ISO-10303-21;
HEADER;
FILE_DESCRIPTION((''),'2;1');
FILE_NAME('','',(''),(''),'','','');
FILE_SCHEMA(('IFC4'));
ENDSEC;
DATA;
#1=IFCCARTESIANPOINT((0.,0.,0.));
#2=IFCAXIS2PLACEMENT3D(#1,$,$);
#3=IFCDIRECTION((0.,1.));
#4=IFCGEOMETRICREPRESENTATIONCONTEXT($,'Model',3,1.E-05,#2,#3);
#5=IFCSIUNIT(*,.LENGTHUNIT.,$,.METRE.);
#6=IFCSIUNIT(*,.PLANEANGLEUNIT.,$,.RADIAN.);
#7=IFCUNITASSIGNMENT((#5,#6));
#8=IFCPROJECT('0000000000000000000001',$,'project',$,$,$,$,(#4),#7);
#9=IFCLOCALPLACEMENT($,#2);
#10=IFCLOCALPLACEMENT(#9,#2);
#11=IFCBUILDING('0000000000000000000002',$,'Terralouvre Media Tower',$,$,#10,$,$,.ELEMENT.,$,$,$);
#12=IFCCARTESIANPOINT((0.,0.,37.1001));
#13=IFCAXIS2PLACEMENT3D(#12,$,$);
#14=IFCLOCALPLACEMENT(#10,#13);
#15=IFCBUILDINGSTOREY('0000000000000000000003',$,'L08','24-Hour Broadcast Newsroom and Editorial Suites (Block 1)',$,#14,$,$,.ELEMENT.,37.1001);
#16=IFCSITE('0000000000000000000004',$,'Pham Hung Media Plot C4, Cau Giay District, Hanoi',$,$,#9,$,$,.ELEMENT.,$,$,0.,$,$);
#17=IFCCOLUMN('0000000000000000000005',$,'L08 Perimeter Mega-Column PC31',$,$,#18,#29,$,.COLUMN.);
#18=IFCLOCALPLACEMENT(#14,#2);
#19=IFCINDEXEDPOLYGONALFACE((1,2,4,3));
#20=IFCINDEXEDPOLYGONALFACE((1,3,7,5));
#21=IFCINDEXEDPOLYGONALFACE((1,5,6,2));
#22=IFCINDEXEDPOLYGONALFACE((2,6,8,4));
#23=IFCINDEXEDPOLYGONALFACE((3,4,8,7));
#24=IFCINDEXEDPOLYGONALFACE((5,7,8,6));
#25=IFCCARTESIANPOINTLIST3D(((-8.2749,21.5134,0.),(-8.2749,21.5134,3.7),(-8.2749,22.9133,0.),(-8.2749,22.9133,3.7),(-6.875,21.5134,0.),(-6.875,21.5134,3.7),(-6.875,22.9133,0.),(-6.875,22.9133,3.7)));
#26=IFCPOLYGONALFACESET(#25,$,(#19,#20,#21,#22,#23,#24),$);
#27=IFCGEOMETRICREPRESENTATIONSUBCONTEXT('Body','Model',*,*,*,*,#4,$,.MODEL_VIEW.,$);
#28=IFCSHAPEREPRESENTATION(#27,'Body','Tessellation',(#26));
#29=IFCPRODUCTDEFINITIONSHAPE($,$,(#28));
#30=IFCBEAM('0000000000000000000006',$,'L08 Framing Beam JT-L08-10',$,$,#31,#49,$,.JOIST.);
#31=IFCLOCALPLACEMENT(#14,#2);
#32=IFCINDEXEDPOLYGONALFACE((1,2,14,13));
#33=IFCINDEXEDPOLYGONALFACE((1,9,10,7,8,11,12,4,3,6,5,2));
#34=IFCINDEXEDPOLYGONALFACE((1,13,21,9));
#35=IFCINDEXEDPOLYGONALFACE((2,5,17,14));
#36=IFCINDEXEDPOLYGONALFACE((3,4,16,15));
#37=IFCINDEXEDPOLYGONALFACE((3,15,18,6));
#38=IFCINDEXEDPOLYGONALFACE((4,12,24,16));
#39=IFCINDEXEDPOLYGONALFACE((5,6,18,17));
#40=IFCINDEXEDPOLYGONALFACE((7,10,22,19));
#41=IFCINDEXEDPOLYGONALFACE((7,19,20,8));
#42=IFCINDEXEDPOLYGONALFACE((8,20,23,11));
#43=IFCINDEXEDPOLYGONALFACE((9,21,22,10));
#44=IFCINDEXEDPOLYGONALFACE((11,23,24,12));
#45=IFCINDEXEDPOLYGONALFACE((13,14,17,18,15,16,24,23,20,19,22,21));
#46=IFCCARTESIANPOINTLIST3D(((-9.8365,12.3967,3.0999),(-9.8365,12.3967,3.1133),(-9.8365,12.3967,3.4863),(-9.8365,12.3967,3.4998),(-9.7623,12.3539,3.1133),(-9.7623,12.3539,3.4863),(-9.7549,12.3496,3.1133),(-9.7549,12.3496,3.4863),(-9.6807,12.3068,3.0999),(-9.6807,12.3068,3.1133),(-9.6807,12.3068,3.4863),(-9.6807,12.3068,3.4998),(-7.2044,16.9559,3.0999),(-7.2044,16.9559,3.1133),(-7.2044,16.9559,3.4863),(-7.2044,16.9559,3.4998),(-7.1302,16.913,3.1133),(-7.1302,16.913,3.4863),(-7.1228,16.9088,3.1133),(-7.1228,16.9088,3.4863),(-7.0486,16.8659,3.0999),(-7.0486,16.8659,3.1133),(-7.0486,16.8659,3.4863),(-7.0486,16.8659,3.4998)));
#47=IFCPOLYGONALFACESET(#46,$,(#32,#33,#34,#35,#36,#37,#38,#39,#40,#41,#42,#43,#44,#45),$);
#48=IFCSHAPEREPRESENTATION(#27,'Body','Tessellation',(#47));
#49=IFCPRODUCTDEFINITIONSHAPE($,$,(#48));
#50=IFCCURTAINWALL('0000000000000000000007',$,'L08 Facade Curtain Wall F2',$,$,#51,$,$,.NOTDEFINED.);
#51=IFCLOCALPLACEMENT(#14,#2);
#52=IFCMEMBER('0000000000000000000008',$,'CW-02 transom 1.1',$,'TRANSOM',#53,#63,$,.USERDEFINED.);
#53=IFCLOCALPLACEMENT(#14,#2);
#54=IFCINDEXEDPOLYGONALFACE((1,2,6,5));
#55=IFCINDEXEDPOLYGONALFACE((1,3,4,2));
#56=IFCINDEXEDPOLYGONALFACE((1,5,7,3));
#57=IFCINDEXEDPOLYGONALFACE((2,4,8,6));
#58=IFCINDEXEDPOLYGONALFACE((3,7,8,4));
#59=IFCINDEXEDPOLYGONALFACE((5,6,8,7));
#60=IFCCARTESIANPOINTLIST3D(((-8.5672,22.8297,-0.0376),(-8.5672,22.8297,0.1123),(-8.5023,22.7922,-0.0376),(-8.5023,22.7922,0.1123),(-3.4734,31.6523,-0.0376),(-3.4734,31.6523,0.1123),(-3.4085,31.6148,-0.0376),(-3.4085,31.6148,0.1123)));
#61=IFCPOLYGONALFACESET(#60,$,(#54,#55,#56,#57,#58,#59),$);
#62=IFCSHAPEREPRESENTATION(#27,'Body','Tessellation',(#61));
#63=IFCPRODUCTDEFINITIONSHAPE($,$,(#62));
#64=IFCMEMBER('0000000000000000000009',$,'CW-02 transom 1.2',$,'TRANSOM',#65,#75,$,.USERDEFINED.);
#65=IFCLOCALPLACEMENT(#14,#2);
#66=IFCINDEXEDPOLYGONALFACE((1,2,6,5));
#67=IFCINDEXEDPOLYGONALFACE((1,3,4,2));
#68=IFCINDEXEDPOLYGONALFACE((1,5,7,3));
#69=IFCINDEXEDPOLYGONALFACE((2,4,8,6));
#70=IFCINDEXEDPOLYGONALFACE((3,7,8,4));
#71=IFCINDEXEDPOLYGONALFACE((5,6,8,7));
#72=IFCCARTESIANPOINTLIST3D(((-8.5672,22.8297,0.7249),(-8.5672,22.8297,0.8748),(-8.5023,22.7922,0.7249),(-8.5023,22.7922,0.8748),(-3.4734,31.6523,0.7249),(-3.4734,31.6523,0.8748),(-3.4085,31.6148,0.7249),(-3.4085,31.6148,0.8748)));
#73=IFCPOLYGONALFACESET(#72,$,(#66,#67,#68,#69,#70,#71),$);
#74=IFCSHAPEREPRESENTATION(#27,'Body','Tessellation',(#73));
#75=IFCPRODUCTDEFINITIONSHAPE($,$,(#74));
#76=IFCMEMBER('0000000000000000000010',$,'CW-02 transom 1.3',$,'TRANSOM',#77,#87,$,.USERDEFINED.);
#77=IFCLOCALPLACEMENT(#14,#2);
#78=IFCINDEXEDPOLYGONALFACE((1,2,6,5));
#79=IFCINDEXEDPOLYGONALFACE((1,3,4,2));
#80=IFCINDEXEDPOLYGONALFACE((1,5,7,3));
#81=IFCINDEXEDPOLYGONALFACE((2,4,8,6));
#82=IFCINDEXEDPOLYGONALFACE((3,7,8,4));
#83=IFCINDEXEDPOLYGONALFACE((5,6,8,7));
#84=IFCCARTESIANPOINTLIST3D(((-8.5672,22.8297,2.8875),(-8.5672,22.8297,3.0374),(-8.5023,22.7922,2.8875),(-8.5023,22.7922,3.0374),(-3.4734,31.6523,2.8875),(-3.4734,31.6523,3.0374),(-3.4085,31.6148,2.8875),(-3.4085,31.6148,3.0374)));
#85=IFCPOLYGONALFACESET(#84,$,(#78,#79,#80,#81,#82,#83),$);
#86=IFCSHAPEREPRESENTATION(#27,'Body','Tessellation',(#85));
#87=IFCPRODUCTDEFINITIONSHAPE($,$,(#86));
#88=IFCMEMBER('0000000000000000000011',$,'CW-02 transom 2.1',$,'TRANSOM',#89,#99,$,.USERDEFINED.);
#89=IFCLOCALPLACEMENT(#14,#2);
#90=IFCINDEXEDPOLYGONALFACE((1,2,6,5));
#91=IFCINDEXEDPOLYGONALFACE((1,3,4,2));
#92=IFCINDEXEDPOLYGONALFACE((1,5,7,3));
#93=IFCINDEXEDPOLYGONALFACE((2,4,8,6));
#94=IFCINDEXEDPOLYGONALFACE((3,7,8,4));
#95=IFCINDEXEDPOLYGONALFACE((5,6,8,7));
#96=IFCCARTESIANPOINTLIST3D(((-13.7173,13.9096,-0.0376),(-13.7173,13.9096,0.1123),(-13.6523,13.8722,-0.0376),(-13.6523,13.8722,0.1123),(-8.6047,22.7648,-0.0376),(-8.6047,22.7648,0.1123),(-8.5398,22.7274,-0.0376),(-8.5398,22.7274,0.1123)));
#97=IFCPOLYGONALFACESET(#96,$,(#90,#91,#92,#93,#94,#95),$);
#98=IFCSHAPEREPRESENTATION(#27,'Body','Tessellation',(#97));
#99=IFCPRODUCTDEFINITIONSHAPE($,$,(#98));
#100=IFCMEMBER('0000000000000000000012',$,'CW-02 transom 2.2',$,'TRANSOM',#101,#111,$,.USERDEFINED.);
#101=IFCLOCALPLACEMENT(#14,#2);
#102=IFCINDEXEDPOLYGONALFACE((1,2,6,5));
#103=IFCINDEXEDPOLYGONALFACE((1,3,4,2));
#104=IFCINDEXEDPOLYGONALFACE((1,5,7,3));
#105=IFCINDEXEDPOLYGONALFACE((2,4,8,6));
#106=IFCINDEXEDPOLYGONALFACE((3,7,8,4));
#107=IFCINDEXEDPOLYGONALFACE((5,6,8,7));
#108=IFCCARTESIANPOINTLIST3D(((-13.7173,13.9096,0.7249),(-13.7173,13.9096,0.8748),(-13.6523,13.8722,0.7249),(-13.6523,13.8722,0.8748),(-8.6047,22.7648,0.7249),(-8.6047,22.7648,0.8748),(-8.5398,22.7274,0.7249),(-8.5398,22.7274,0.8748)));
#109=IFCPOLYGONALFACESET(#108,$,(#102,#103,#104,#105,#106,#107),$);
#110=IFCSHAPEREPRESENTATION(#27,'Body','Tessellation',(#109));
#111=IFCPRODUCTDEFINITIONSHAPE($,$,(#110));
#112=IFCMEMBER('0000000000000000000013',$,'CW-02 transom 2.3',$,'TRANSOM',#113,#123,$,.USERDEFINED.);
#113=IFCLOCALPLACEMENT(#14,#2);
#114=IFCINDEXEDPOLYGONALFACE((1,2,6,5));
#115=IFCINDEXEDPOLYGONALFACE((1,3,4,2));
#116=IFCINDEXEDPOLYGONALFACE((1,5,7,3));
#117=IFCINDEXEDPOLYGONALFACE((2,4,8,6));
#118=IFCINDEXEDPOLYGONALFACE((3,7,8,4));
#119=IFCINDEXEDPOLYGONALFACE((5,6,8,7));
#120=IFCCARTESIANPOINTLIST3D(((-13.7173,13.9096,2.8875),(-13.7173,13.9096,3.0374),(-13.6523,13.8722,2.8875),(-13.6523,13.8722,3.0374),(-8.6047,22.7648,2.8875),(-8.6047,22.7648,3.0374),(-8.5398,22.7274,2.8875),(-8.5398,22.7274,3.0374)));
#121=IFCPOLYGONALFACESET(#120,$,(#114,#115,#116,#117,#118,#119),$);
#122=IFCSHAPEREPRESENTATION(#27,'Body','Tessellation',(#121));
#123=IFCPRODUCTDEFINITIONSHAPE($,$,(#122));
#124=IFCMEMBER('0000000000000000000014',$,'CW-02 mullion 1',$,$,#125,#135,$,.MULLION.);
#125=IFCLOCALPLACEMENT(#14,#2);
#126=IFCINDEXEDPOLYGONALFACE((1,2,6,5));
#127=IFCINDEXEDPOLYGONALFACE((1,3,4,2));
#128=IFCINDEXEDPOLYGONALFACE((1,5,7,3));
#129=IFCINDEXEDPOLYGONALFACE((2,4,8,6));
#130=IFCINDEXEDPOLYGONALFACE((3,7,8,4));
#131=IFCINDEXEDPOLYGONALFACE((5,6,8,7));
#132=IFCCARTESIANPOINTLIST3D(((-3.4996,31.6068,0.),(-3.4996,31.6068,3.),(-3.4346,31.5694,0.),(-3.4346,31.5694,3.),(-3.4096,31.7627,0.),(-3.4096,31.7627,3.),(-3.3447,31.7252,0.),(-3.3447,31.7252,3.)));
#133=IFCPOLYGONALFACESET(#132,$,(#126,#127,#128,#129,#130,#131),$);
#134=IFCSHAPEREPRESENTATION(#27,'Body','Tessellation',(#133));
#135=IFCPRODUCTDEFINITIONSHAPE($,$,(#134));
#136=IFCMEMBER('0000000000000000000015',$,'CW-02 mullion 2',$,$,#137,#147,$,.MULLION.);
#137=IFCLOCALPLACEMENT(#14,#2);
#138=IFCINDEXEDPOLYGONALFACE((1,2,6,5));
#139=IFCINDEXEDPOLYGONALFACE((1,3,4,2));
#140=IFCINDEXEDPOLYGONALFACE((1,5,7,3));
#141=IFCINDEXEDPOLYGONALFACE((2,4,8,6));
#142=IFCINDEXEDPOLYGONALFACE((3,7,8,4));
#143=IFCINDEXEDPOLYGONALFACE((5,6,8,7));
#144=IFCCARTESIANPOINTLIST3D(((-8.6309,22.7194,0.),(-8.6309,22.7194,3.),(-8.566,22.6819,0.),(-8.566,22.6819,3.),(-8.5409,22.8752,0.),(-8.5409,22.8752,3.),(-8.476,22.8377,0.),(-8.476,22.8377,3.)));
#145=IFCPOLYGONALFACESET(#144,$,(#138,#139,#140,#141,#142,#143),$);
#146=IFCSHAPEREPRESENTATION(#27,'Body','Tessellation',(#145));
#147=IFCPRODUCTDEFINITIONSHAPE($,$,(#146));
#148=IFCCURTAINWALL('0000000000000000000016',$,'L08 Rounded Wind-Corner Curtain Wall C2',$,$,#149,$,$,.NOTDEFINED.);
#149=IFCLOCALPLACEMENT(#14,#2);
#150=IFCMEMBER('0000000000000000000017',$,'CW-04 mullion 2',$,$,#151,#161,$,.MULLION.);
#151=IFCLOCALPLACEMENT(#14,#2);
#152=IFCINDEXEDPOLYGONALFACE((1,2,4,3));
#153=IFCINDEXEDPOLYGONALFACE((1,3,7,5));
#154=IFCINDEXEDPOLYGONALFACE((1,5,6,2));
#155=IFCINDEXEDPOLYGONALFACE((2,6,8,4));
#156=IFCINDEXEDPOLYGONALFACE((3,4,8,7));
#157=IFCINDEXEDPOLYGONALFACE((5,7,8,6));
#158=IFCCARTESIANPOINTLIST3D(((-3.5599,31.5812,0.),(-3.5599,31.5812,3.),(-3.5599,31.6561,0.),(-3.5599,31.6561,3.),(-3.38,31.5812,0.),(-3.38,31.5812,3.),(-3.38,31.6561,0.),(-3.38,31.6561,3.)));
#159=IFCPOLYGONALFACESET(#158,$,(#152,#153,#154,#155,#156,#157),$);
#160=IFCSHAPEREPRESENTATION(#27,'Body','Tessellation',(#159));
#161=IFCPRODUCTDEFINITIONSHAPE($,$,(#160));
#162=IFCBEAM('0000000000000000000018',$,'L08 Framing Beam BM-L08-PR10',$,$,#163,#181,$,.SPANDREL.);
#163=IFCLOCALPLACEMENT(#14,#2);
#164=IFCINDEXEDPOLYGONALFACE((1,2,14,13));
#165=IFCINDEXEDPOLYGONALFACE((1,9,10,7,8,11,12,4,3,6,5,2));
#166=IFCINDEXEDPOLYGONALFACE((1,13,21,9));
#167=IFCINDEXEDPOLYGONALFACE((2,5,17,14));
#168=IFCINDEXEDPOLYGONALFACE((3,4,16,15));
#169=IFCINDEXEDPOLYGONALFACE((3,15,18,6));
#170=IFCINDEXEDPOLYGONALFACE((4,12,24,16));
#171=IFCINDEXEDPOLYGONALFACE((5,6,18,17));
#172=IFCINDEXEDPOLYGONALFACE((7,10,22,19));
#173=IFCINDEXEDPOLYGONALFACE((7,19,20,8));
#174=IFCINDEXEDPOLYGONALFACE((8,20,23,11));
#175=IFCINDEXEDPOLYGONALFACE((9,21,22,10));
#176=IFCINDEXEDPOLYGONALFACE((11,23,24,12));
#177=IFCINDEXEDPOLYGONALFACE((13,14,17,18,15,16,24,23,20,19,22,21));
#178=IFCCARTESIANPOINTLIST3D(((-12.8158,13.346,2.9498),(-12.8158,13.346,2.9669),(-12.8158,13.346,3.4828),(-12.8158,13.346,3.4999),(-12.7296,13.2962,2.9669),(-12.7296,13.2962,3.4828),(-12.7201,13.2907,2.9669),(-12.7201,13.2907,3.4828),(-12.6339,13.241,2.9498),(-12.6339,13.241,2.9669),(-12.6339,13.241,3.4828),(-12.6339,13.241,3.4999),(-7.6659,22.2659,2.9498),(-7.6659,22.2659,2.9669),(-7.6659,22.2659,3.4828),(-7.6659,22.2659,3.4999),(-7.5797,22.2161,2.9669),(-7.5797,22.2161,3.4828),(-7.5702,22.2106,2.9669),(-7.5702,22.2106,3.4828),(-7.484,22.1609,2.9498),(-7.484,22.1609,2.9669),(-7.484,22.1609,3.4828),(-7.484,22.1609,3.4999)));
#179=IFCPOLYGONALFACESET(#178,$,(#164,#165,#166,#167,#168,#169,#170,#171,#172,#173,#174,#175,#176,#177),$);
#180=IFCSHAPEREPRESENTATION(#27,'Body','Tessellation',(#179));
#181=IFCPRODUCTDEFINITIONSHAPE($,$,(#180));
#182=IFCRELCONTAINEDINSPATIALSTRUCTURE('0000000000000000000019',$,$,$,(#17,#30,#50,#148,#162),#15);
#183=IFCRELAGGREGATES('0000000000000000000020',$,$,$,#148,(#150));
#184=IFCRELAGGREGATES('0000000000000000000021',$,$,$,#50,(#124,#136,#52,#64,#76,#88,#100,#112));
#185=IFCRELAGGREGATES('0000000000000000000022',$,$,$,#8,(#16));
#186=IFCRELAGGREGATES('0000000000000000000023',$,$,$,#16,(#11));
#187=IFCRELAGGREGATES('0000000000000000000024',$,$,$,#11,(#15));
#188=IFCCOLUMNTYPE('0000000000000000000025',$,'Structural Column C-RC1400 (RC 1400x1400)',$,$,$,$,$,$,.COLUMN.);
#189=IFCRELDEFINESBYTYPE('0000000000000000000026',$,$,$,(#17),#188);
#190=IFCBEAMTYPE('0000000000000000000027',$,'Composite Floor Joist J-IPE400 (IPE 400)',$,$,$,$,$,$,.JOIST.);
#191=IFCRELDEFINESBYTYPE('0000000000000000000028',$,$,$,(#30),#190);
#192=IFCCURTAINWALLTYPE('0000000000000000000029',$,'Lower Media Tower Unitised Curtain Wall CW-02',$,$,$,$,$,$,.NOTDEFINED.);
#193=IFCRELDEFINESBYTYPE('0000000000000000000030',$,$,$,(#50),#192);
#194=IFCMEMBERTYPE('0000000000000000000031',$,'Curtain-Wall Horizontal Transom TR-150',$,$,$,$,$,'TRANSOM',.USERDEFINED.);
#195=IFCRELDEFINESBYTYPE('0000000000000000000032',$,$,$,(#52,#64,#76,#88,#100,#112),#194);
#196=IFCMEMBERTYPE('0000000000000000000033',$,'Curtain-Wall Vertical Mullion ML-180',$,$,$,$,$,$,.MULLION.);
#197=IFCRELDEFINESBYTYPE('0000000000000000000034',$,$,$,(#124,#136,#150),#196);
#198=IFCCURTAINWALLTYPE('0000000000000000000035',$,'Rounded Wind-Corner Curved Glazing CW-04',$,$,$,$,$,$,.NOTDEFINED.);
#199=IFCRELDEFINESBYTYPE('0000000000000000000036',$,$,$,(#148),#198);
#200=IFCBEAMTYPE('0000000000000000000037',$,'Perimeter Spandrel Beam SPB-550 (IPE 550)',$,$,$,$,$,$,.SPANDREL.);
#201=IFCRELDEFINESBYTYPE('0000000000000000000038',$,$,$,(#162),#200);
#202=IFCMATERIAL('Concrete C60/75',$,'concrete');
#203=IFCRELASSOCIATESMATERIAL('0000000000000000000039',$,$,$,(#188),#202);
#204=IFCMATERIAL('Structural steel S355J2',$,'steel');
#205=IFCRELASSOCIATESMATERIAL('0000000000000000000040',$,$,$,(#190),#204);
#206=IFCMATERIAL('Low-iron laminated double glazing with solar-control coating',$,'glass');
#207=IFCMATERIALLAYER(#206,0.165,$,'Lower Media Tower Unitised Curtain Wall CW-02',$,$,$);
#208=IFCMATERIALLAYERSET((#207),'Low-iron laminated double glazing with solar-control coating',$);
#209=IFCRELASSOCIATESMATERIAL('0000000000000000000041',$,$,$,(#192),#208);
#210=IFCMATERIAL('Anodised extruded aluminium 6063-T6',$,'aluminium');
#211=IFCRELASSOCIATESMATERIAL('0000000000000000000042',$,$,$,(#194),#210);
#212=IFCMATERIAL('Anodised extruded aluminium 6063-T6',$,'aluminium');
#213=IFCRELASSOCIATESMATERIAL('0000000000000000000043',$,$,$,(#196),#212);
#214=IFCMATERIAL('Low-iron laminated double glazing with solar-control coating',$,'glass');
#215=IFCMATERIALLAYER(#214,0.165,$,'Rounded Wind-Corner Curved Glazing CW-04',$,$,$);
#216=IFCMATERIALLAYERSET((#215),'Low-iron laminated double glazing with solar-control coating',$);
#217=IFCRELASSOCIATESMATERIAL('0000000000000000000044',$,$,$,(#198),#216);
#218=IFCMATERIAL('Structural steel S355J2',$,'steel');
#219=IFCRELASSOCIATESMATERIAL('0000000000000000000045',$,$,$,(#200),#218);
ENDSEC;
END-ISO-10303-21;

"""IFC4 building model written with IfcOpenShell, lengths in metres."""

from ifc_helpers import new_model, si_unit, direction, frame, origin, origin_2d, place, context, subcontext, project, spatial, rectangle, i_section, extrude, material, layer, layer_set, material_profile, profile_set, type_object, element, aggregate, save


model = new_model("IFC4")

# Units and contexts
model_context = context("Model", 3, precision=1e-05, world=origin(), true_north=direction((0.0, 1.0)))
body_context = subcontext(model_context, "Body", "Model", "MODEL_VIEW")
ifc_project = project(units=[si_unit("LENGTHUNIT", "METRE"), si_unit("PLANEANGLEUNIT", "RADIAN")], contexts=[model_context])

# Site, building, storey
site_placement = place(None, origin())
site = spatial("IfcSite", under=ifc_project, at=site_placement, Name="Pham Hung Media Plot C4, Cau Giay District, Hanoi", CompositionType="ELEMENT", RefElevation=0.0)
building_placement = place(site_placement, origin())
building = spatial("IfcBuilding", under=site, at=building_placement, Name="Terralouvre Media Tower", CompositionType="ELEMENT")
storey_placement = place(building_placement, frame((0.0, 0.0, 37.1001)))
storey = spatial("IfcBuildingStorey", under=building, at=storey_placement, Name="L08", Description="24-Hour Broadcast Newsroom and Editorial Suites (Block 1)", CompositionType="ELEMENT", Elevation=37.1001)

# Column
ifc_material_1 = material(Name="Concrete C60/75", Category="concrete")
ifc_material_profile_1 = material_profile(ifc_material_1, rectangle(XDim=1.3999, YDim=1.3999, at=origin_2d()), Name="RC 1400x1400")
ifc_profile_set_1 = profile_set([ifc_material_profile_1], Name="Concrete C60/75")
column_type = type_object("IfcColumnType", Name="Structural Column C-RC1400 (RC 1400x1400)", PredefinedType="COLUMN", material=ifc_profile_set_1)
column_placement = place(storey_placement, frame((-7.575, 22.2134, 0.0), z_axis=(0.0, 0.0, 1.0), x_axis=(1.0, 0.0, 0.0)))
element("IfcColumn", 1, at=column_placement, inside=storey, type_object=column_type, Name="L08 Perimeter Mega-Column PC31", PredefinedType="COLUMN", context=body_context, shape_type="SweptSolid", body=[
    extrude(rectangle(XDim=1.3999, YDim=1.3999, at=origin_2d()), origin(), (0.0, 0.0, 1.0), 3.7),
])

# Beam
ifc_material_2 = material(Name="Structural steel S355J2", Category="steel")
ifc_material_profile_2 = material_profile(ifc_material_2, i_section(OverallWidth=0.1799, OverallDepth=0.3999, WebThickness=0.0085, FlangeThickness=0.0134, at=origin_2d()), Name="IPE 400")
ifc_profile_set_2 = profile_set([ifc_material_profile_2], Name="Structural steel S355J2")
beam_type_1 = type_object("IfcBeamType", Name="Composite Floor Joist J-IPE400 (IPE 400)", PredefinedType="JOIST", material=ifc_profile_set_2)
beam_1_placement = place(storey_placement, frame((-7.1265, 16.9109, 3.2998), z_axis=(-0.499985, -0.866034, 0.0), x_axis=(0.866034, -0.499985, 0.0)))
element("IfcBeam", 2, at=beam_1_placement, inside=storey, type_object=beam_type_1, Name="L08 Framing Beam JT-L08-10", PredefinedType="JOIST", context=body_context, shape_type="SweptSolid", body=[
    extrude(i_section(OverallWidth=0.1799, OverallDepth=0.3999, WebThickness=0.0085, FlangeThickness=0.0134, at=origin_2d()), origin(), (0.0, 0.0, 1.0), 5.2644),
])

# Curtain wall, members
ifc_material_3 = material(Name="Low-iron laminated double glazing with solar-control coating", Category="glass")
ifc_layer_1 = layer(ifc_material_3, 0.165, Name="Lower Media Tower Unitised Curtain Wall CW-02")
ifc_layer_set_1 = layer_set([ifc_layer_1], Name="Low-iron laminated double glazing with solar-control coating")
curtain_wall_type_1 = type_object("IfcCurtainWallType", Name="Lower Media Tower Unitised Curtain Wall CW-02", PredefinedType="NOTDEFINED", material=ifc_layer_set_1)
curtain_wall_1_placement = place(storey_placement, origin())
curtain_wall_1 = element("IfcCurtainWall", 3, at=curtain_wall_1_placement, inside=storey, type_object=curtain_wall_type_1, Name="L08 Facade Curtain Wall F2", PredefinedType="NOTDEFINED")
ifc_material_4 = material(Name="Anodised extruded aluminium 6063-T6", Category="aluminium")
ifc_material_profile_3 = material_profile(ifc_material_4, rectangle(XDim=0.075, YDim=0.1499, at=origin_2d()), Name="ALU 75x150")
ifc_profile_set_3 = profile_set([ifc_material_profile_3], Name="Anodised extruded aluminium 6063-T6")
member_type_1 = type_object("IfcMemberType", Name="Curtain-Wall Horizontal Transom TR-150", ElementType="TRANSOM", PredefinedType="USERDEFINED", material=ifc_profile_set_3)
member_1_placement = place(storey_placement, frame((-3.4409, 31.6335, 0.0374), z_axis=(-0.500005, -0.866022, 0.0), x_axis=(0.866022, -0.500005, 0.0)))
member_1 = element("IfcMember", 4, at=member_1_placement, type_object=member_type_1, Name="CW-02 transom 1.1", ObjectType="TRANSOM", PredefinedType="USERDEFINED", context=body_context, shape_type="SweptSolid", body=[
    extrude(rectangle(XDim=0.075, YDim=0.1499, at=origin_2d()), origin(), (0.0, 0.0, 1.0), 10.1875),
])
member_2_placement = place(storey_placement, frame((-3.4409, 31.6335, 0.7998), z_axis=(-0.500005, -0.866022, 0.0), x_axis=(0.866022, -0.500005, 0.0)))
member_2 = element("IfcMember", 5, at=member_2_placement, type_object=member_type_1, Name="CW-02 transom 1.2", ObjectType="TRANSOM", PredefinedType="USERDEFINED", context=body_context, shape_type="SweptSolid", body=[
    extrude(rectangle(XDim=0.075, YDim=0.1499, at=origin_2d()), origin(), (0.0, 0.0, 1.0), 10.1875),
])
member_3_placement = place(storey_placement, frame((-3.4409, 31.6335, 2.9624), z_axis=(-0.500005, -0.866022, 0.0), x_axis=(0.866022, -0.500005, 0.0)))
member_3 = element("IfcMember", 6, at=member_3_placement, type_object=member_type_1, Name="CW-02 transom 1.3", ObjectType="TRANSOM", PredefinedType="USERDEFINED", context=body_context, shape_type="SweptSolid", body=[
    extrude(rectangle(XDim=0.075, YDim=0.1499, at=origin_2d()), origin(), (0.0, 0.0, 1.0), 10.1875),
])
member_4_placement = place(storey_placement, frame((-8.5723, 22.7461, 0.0374), z_axis=(-0.499999, -0.866026, 0.0), x_axis=(0.866026, -0.499999, 0.0)))
member_4 = element("IfcMember", 7, at=member_4_placement, type_object=member_type_1, Name="CW-02 transom 2.1", ObjectType="TRANSOM", PredefinedType="USERDEFINED", context=body_context, shape_type="SweptSolid", body=[
    extrude(rectangle(XDim=0.075, YDim=0.1499, at=origin_2d()), origin(), (0.0, 0.0, 1.0), 10.2251),
])
member_5_placement = place(storey_placement, frame((-8.5723, 22.7461, 0.7998), z_axis=(-0.499999, -0.866026, 0.0), x_axis=(0.866026, -0.499999, 0.0)))
member_5 = element("IfcMember", 8, at=member_5_placement, type_object=member_type_1, Name="CW-02 transom 2.2", ObjectType="TRANSOM", PredefinedType="USERDEFINED", context=body_context, shape_type="SweptSolid", body=[
    extrude(rectangle(XDim=0.075, YDim=0.1499, at=origin_2d()), origin(), (0.0, 0.0, 1.0), 10.2251),
])
member_6_placement = place(storey_placement, frame((-8.5723, 22.7461, 2.9624), z_axis=(-0.499999, -0.866026, 0.0), x_axis=(0.866026, -0.499999, 0.0)))
member_6 = element("IfcMember", 9, at=member_6_placement, type_object=member_type_1, Name="CW-02 transom 2.3", ObjectType="TRANSOM", PredefinedType="USERDEFINED", context=body_context, shape_type="SweptSolid", body=[
    extrude(rectangle(XDim=0.075, YDim=0.1499, at=origin_2d()), origin(), (0.0, 0.0, 1.0), 10.2251),
])
ifc_material_5 = material(Name="Anodised extruded aluminium 6063-T6", Category="aluminium")
ifc_material_profile_4 = material_profile(ifc_material_5, rectangle(XDim=0.075, YDim=0.1799, at=origin_2d()), Name="ALU 75x180")
ifc_profile_set_4 = profile_set([ifc_material_profile_4], Name="Anodised extruded aluminium 6063-T6")
member_type_2 = type_object("IfcMemberType", Name="Curtain-Wall Vertical Mullion ML-180", PredefinedType="MULLION", material=ifc_profile_set_4)
member_7_placement = place(storey_placement, frame((-3.4221, 31.666, 0.0), z_axis=(0.0, 0.0, 1.0), x_axis=(0.866025, -0.5, 0.0)))
member_7 = element("IfcMember", 10, at=member_7_placement, type_object=member_type_2, Name="CW-02 mullion 1", PredefinedType="MULLION", context=body_context, shape_type="SweptSolid", body=[
    extrude(rectangle(XDim=0.075, YDim=0.1799, at=origin_2d()), origin(), (0.0, 0.0, 1.0), 3.0),
])
member_8_placement = place(storey_placement, frame((-8.5535, 22.7786, 0.0), z_axis=(0.0, 0.0, 1.0), x_axis=(0.866025, -0.5, 0.0)))
member_8 = element("IfcMember", 11, at=member_8_placement, type_object=member_type_2, Name="CW-02 mullion 2", PredefinedType="MULLION", context=body_context, shape_type="SweptSolid", body=[
    extrude(rectangle(XDim=0.075, YDim=0.1799, at=origin_2d()), origin(), (0.0, 0.0, 1.0), 3.0),
])

# Curtain wall, member
ifc_material_6 = material(Name="Low-iron laminated double glazing with solar-control coating", Category="glass")
ifc_layer_2 = layer(ifc_material_6, 0.165, Name="Rounded Wind-Corner Curved Glazing CW-04")
ifc_layer_set_2 = layer_set([ifc_layer_2], Name="Low-iron laminated double glazing with solar-control coating")
curtain_wall_type_2 = type_object("IfcCurtainWallType", Name="Rounded Wind-Corner Curved Glazing CW-04", PredefinedType="NOTDEFINED", material=ifc_layer_set_2)
curtain_wall_2_placement = place(storey_placement, origin())
curtain_wall_2 = element("IfcCurtainWall", 12, at=curtain_wall_2_placement, inside=storey, type_object=curtain_wall_type_2, Name="L08 Rounded Wind-Corner Curtain Wall C2", PredefinedType="NOTDEFINED")
member_9_placement = place(storey_placement, frame((-3.47, 31.6187, 0.0), z_axis=(0.0, 0.0, 1.0), x_axis=(0.0, -1.0, 0.0)))
member_9 = element("IfcMember", 13, at=member_9_placement, type_object=member_type_2, Name="CW-04 mullion 2", PredefinedType="MULLION", context=body_context, shape_type="SweptSolid", body=[
    extrude(rectangle(XDim=0.075, YDim=0.1799, at=origin_2d()), origin(), (0.0, 0.0, 1.0), 3.0),
])

# Beam
ifc_material_7 = material(Name="Structural steel S355J2", Category="steel")
ifc_material_profile_5 = material_profile(ifc_material_7, i_section(OverallWidth=0.21, OverallDepth=0.55, WebThickness=0.011, FlangeThickness=0.0171, at=origin_2d()), Name="IPE 550")
ifc_profile_set_5 = profile_set([ifc_material_profile_5], Name="Structural steel S355J2")
beam_type_2 = type_object("IfcBeamType", Name="Perimeter Spandrel Beam SPB-550 (IPE 550)", PredefinedType="SPANDREL", material=ifc_profile_set_5)
beam_2_placement = place(storey_placement, frame((-7.575, 22.2134, 3.2249), z_axis=(-0.499999, -0.866026, 0.0), x_axis=(0.866026, -0.499999, 0.0)))
element("IfcBeam", 14, at=beam_2_placement, inside=storey, type_object=beam_type_2, Name="L08 Framing Beam BM-L08-PR10", PredefinedType="SPANDREL", context=body_context, shape_type="SweptSolid", body=[
    extrude(i_section(OverallWidth=0.21, OverallDepth=0.55, WebThickness=0.011, FlangeThickness=0.0171, at=origin_2d()), origin(), (0.0, 0.0, 1.0), 10.2998),
])

aggregate(curtain_wall_2, [member_9])
aggregate(curtain_wall_1, [member_7, member_8, member_1, member_2, member_3, member_4, member_5, member_6])

save(model, "model.ifc")
